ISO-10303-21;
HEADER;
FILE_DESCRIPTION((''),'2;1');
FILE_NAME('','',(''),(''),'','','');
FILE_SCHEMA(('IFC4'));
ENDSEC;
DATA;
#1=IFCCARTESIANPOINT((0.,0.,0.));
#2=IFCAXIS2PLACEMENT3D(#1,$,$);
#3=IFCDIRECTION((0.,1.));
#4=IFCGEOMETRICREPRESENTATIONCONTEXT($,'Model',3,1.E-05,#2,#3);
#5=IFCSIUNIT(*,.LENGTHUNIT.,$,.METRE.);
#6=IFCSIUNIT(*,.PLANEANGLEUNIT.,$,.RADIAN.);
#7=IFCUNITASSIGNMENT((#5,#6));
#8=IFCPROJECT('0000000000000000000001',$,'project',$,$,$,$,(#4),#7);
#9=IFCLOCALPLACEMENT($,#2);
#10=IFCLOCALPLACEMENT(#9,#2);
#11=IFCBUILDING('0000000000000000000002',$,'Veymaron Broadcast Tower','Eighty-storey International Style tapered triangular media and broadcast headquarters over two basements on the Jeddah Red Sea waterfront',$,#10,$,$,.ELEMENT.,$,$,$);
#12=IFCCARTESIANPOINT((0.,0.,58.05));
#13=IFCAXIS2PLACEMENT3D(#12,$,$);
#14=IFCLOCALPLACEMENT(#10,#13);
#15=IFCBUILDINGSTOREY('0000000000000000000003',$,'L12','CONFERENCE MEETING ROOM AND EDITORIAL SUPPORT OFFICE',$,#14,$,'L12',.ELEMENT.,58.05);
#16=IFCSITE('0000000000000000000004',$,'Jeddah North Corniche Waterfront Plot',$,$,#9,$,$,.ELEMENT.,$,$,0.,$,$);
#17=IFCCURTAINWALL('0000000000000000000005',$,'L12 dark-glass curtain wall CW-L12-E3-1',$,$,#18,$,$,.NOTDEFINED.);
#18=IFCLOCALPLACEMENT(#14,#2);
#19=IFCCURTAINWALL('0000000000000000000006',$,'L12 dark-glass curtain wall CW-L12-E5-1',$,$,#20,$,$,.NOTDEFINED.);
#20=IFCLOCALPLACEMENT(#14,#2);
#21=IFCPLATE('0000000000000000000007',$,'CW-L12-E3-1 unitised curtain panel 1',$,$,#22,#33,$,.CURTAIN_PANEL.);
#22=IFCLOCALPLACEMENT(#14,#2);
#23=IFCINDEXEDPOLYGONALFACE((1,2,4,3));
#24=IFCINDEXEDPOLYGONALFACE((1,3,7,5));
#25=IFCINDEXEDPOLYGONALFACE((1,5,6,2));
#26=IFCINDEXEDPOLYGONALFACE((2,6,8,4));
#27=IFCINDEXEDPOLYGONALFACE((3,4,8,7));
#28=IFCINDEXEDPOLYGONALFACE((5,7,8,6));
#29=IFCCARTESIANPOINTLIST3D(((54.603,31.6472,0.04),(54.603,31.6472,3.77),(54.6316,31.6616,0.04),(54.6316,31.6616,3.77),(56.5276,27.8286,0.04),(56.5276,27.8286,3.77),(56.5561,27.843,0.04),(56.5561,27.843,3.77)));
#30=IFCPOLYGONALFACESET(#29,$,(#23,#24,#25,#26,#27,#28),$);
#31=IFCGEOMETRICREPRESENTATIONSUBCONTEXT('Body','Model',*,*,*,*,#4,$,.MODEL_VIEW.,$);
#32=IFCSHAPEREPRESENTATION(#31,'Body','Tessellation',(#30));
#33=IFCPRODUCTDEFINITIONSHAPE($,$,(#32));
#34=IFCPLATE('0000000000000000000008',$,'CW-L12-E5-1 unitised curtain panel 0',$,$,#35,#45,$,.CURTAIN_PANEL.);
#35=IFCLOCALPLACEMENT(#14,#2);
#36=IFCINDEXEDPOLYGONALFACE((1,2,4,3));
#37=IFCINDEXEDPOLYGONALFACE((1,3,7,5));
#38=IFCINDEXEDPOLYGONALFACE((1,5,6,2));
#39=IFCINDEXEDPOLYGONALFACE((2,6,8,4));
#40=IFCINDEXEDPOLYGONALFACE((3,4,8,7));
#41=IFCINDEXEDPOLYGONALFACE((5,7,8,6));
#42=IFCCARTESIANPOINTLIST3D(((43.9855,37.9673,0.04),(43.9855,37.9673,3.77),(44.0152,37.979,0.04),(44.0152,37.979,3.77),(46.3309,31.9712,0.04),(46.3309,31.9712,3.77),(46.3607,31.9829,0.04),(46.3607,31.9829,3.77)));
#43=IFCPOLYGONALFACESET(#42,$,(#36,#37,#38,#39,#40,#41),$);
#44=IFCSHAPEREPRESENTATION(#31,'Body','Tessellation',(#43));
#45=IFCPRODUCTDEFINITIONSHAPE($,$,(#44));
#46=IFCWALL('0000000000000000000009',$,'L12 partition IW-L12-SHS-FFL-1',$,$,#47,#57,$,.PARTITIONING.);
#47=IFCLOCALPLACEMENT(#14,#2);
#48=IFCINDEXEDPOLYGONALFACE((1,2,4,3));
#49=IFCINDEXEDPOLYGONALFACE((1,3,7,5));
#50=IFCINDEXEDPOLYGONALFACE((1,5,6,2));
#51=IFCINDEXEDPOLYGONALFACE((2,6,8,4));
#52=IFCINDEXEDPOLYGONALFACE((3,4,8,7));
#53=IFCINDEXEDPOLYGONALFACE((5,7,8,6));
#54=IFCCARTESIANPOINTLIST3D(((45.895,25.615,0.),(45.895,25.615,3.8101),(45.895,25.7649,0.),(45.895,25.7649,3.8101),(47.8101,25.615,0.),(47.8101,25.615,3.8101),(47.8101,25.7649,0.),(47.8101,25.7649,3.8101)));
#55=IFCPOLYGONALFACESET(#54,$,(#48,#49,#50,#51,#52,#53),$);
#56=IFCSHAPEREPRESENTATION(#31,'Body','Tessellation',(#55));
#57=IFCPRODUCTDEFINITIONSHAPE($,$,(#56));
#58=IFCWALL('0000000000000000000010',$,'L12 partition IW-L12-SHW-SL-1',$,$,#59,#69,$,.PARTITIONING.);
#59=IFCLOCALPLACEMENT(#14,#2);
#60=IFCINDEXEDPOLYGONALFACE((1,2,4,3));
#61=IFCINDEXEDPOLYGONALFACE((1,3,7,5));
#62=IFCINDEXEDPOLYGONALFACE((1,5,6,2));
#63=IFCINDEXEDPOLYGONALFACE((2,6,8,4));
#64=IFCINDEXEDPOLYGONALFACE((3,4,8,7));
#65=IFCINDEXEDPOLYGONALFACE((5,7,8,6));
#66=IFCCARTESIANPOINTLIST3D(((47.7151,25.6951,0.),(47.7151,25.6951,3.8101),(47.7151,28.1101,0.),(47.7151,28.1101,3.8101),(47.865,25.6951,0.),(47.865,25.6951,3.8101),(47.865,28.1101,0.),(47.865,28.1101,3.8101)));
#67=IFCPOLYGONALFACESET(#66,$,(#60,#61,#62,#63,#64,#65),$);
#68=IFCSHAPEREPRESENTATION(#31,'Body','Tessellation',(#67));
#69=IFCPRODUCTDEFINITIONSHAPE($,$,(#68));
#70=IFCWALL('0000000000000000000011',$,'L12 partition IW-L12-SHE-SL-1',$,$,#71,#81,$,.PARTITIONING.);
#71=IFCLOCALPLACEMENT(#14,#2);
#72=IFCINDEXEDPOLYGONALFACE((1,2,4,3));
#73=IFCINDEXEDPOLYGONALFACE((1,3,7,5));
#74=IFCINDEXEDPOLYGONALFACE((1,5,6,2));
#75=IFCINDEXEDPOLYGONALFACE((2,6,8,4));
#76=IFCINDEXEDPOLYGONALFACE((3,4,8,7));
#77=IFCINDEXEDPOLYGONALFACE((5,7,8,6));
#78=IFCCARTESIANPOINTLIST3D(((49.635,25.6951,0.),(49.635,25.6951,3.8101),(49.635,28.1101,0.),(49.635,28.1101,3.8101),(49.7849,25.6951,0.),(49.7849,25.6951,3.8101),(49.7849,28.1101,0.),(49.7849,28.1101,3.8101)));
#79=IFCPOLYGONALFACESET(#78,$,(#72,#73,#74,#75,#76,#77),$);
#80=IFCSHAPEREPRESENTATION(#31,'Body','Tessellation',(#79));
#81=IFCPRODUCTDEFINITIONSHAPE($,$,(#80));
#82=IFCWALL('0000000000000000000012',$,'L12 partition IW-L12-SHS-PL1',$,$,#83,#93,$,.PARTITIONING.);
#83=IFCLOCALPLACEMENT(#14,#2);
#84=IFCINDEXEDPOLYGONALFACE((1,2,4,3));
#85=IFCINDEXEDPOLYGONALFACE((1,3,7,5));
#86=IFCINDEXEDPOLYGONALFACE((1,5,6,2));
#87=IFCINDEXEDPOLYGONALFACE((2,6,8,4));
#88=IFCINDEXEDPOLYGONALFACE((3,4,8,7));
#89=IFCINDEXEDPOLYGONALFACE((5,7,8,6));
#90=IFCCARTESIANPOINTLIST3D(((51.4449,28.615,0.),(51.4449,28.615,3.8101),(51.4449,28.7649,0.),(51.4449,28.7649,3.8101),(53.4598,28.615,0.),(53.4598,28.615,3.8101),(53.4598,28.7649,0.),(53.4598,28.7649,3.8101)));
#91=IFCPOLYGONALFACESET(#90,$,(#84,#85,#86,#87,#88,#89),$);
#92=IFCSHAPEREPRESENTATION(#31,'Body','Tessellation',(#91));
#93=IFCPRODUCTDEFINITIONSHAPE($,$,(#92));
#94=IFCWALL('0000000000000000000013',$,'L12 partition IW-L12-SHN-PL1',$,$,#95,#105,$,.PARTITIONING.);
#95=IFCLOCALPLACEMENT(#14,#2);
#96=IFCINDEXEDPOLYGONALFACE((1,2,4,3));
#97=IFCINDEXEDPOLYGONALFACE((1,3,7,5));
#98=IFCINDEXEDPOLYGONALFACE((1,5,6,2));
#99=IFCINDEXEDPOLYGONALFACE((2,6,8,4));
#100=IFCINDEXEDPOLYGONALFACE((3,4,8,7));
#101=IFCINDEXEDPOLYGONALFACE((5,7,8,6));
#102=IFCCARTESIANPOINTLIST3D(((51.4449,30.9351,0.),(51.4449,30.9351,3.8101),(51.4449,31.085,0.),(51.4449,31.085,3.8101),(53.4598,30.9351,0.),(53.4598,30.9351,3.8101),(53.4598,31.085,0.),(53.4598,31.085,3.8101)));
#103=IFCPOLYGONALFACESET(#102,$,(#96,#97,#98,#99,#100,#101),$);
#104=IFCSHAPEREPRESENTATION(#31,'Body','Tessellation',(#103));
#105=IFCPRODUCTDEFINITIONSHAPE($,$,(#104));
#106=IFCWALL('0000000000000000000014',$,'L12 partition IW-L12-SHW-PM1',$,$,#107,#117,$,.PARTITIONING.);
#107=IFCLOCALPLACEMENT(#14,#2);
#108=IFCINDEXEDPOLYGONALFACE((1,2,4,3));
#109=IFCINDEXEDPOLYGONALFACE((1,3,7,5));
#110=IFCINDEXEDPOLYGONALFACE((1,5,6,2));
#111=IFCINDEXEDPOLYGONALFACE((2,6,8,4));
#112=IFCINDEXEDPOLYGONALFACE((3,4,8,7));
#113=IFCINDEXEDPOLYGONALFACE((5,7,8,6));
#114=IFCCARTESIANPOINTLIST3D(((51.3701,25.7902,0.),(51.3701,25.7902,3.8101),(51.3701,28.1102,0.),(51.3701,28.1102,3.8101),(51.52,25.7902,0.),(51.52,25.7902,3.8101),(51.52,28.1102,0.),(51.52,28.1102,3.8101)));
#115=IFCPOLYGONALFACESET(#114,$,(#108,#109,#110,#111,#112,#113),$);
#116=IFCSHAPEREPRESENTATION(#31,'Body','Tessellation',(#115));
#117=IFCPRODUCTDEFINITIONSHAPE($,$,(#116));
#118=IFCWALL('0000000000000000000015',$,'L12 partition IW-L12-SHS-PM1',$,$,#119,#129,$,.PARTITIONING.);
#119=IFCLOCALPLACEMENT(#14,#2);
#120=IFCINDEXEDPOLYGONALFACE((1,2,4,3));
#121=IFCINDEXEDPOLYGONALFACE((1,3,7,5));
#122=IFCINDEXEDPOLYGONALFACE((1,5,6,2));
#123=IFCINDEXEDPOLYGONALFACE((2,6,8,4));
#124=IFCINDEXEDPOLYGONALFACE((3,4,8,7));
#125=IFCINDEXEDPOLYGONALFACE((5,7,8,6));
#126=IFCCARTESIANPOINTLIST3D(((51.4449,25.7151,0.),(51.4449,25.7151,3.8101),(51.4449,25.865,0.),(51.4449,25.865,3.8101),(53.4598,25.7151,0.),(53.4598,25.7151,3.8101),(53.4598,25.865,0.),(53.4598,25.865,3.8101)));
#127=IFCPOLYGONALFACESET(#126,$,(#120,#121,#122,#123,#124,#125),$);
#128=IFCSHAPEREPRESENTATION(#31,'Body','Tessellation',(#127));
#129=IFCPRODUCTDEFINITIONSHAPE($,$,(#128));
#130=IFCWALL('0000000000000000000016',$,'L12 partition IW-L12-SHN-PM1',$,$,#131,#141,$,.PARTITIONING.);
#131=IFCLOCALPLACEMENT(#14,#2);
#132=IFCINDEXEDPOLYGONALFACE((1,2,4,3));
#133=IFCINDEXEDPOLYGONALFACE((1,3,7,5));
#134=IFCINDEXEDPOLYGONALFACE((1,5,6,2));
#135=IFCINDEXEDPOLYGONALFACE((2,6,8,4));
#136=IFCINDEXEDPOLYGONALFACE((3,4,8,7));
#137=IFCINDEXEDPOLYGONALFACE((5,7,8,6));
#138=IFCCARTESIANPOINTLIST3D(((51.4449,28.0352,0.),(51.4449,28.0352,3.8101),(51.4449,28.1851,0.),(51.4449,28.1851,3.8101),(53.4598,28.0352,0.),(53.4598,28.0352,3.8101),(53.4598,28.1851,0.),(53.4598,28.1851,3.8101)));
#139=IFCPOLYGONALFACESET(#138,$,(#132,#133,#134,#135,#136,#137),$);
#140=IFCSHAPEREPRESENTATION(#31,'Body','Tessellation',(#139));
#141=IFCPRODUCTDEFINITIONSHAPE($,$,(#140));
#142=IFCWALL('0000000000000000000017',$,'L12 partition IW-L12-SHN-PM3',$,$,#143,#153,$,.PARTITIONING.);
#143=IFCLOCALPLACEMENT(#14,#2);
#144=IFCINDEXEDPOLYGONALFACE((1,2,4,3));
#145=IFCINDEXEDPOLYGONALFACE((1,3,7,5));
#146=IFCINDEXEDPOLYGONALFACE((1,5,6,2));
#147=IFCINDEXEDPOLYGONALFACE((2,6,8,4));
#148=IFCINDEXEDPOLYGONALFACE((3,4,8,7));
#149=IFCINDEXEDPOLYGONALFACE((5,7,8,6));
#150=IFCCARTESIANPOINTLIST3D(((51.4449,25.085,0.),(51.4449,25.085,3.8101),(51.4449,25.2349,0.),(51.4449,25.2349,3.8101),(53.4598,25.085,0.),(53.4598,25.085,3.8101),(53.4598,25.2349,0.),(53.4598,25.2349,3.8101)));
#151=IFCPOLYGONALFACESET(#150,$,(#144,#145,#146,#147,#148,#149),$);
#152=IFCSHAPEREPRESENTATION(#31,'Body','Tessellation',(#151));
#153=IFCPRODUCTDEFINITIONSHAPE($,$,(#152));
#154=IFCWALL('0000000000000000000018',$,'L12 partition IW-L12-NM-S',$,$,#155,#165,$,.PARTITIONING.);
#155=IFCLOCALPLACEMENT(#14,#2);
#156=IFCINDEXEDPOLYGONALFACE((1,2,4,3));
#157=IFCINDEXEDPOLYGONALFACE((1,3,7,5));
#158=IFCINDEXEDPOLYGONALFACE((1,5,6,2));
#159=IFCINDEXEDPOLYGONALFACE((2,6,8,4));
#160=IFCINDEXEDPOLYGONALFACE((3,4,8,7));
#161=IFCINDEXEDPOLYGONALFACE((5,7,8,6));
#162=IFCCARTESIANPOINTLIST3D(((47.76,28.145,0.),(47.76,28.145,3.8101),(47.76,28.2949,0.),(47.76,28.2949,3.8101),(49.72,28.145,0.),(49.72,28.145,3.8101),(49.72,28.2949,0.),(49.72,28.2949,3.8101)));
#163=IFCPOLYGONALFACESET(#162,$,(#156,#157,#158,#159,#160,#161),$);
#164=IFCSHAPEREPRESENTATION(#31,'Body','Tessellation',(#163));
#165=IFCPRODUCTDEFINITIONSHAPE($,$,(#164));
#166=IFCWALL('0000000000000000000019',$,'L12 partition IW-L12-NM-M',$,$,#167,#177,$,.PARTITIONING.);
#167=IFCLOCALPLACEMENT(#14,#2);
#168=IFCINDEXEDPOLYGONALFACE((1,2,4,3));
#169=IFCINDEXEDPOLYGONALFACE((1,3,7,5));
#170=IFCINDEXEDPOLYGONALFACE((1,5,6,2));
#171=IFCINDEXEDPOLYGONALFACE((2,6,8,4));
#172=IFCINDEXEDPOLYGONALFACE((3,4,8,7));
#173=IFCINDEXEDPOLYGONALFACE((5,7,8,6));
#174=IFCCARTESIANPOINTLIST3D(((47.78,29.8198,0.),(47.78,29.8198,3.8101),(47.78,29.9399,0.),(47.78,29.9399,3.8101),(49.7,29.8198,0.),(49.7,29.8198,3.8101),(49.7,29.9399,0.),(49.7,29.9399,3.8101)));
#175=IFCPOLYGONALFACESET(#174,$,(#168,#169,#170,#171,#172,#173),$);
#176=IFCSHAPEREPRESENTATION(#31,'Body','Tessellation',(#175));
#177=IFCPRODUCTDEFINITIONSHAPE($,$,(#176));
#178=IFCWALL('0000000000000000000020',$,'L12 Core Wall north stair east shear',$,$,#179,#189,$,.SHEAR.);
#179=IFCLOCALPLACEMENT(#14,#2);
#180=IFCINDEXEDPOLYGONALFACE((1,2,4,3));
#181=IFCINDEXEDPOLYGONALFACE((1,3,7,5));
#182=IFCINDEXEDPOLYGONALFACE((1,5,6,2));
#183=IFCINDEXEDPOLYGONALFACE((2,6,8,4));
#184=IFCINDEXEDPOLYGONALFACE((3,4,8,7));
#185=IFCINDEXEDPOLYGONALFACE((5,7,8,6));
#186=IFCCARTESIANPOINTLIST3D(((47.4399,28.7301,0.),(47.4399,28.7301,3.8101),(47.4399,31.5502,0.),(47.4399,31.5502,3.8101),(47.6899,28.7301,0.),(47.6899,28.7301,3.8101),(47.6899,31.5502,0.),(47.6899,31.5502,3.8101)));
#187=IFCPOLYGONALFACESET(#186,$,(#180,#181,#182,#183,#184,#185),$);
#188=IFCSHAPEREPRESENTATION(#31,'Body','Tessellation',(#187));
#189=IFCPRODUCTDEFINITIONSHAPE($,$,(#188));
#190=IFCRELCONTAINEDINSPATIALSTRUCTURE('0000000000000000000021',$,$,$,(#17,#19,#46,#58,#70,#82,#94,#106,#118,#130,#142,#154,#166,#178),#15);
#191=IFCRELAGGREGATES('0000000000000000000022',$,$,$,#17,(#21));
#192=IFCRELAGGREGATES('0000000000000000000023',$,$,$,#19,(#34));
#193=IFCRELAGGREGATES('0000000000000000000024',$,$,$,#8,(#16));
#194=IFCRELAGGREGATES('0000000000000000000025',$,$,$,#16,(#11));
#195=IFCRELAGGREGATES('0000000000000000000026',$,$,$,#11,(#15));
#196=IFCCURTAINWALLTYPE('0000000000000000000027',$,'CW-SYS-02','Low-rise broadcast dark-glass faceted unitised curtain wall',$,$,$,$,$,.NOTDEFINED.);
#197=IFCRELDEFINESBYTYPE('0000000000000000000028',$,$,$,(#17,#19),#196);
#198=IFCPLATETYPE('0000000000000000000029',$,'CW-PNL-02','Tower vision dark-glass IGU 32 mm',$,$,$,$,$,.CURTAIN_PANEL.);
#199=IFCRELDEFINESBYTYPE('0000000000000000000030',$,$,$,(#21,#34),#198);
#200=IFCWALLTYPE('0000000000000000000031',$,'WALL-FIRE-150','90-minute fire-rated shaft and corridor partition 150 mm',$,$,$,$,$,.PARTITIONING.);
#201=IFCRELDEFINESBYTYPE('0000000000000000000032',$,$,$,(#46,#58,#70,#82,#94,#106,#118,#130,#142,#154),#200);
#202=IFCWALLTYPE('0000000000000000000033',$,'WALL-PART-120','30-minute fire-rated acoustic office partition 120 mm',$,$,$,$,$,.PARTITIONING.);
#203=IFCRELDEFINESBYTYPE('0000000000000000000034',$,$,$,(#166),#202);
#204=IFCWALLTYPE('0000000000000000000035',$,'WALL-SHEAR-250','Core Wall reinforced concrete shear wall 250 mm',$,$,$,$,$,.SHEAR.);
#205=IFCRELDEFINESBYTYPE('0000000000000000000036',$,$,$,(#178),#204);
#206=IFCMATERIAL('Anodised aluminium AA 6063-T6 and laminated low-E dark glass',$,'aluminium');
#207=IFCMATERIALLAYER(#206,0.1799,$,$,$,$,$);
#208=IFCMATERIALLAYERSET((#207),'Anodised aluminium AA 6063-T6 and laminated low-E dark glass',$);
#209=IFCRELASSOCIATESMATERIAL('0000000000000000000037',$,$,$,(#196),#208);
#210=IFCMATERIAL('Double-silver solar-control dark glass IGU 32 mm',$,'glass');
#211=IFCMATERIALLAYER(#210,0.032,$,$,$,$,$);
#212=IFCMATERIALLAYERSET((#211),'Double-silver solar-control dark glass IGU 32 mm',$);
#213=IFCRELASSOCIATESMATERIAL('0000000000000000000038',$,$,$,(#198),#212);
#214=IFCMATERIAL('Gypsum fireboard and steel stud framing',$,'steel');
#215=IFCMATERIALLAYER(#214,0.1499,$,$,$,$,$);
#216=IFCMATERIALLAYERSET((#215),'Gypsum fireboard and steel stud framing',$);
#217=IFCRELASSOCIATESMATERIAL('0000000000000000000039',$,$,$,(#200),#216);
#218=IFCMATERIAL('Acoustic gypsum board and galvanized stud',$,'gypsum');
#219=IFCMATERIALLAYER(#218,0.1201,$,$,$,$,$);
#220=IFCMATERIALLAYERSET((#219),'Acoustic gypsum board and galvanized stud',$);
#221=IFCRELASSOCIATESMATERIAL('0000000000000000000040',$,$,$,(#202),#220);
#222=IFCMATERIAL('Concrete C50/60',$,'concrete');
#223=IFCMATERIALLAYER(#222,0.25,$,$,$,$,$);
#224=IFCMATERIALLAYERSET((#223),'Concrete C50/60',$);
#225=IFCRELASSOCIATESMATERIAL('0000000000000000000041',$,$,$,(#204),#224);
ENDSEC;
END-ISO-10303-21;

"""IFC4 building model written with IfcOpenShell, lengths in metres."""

from ifc_helpers import new_model, si_unit, direction, frame, frame_2d, origin, origin_2d, place, context, subcontext, project, spatial, rectangle, extrude, material, layer, layer_set, type_object, element, aggregate, save


model = new_model("IFC4")

# Units and contexts
model_context = context("Model", 3, precision=1e-05, world=origin(), true_north=direction((0.0, 1.0)))
body_context = subcontext(model_context, "Body", "Model", "MODEL_VIEW")
ifc_project = project(units=[si_unit("LENGTHUNIT", "METRE"), si_unit("PLANEANGLEUNIT", "RADIAN")], contexts=[model_context])

# Site, building, storey
site_placement = place(None, origin())
site = spatial("IfcSite", under=ifc_project, at=site_placement, Name="Jeddah North Corniche Waterfront Plot", CompositionType="ELEMENT", RefElevation=0.0)
building_placement = place(site_placement, origin())
building = spatial("IfcBuilding", under=site, at=building_placement, Name="Veymaron Broadcast Tower", Description="Eighty-storey International Style tapered triangular media and broadcast headquarters over two basements on the Jeddah Red Sea waterfront", CompositionType="ELEMENT")
storey_placement = place(building_placement, frame((0.0, 0.0, 58.05)))
storey = spatial("IfcBuildingStorey", under=building, at=storey_placement, Name="L12", Description="CONFERENCE MEETING ROOM AND EDITORIAL SUPPORT OFFICE", LongName="L12", CompositionType="ELEMENT", Elevation=58.05)

# Shared definitions
ifc_material_1 = material(Name="Anodised aluminium AA 6063-T6 and laminated low-E dark glass", Category="aluminium")
ifc_layer_1 = layer(ifc_material_1, 0.1799)
ifc_layer_set_1 = layer_set([ifc_layer_1], Name="Anodised aluminium AA 6063-T6 and laminated low-E dark glass")
curtain_wall_type = type_object("IfcCurtainWallType", Name="CW-SYS-02", Description="Low-rise broadcast dark-glass faceted unitised curtain wall", PredefinedType="NOTDEFINED", material=ifc_layer_set_1)

# Curtain walls
curtain_wall_1_placement = place(storey_placement, origin())
curtain_wall_1 = element("IfcCurtainWall", 1, at=curtain_wall_1_placement, inside=storey, type_object=curtain_wall_type, Name="L12 dark-glass curtain wall CW-L12-E3-1", PredefinedType="NOTDEFINED")
curtain_wall_2_placement = place(storey_placement, origin())
curtain_wall_2 = element("IfcCurtainWall", 2, at=curtain_wall_2_placement, inside=storey, type_object=curtain_wall_type, Name="L12 dark-glass curtain wall CW-L12-E5-1", PredefinedType="NOTDEFINED")

# Plates
ifc_material_2 = material(Name="Double-silver solar-control dark glass IGU 32 mm", Category="glass")
ifc_layer_2 = layer(ifc_material_2, 0.032)
ifc_layer_set_2 = layer_set([ifc_layer_2], Name="Double-silver solar-control dark glass IGU 32 mm")
plate_type = type_object("IfcPlateType", Name="CW-PNL-02", Description="Tower vision dark-glass IGU 32 mm", PredefinedType="CURTAIN_PANEL", material=ifc_layer_set_2)
plate_1_placement = place(storey_placement, frame((55.5796, 29.7451, 0.04), z_axis=(0.0, 0.0, 1.0), x_axis=(-0.450067, 0.892995, 0.0)))
plate_1 = element("IfcPlate", 3, at=plate_1_placement, type_object=plate_type, Name="CW-L12-E3-1 unitised curtain panel 1", PredefinedType="CURTAIN_PANEL", context=body_context, shape_type="SweptSolid", body=[
    extrude(rectangle(XDim=4.2761, YDim=0.032, at=origin_2d()), origin(), (0.0, 0.0, 1.0), 3.73),
])
aggregate(curtain_wall_1, [plate_1])
plate_2_placement = place(storey_placement, frame((45.1731, 34.9751, 0.04), z_axis=(0.0, 0.0, 1.0), x_axis=(-0.364292, 0.931285, 0.0)))
plate_2 = element("IfcPlate", 4, at=plate_2_placement, type_object=plate_type, Name="CW-L12-E5-1 unitised curtain panel 0", PredefinedType="CURTAIN_PANEL", context=body_context, shape_type="SweptSolid", body=[
    extrude(rectangle(XDim=6.4385, YDim=0.032, at=origin_2d()), origin(), (0.0, 0.0, 1.0), 3.73),
])
aggregate(curtain_wall_2, [plate_2])

# Shared definitions
ifc_material_3 = material(Name="Gypsum fireboard and steel stud framing", Category="steel")
ifc_layer_3 = layer(ifc_material_3, 0.1499)
ifc_layer_set_3 = layer_set([ifc_layer_3], Name="Gypsum fireboard and steel stud framing")
wall_type_1 = type_object("IfcWallType", Name="WALL-FIRE-150", Description="90-minute fire-rated shaft and corridor partition 150 mm", PredefinedType="PARTITIONING", material=ifc_layer_set_3)

# Wall
wall_1_placement = place(storey_placement, frame((45.895, 25.6899, 0.0), z_axis=(0.0, 0.0, 1.0), x_axis=(1.0, 0.0, 0.0)))
element("IfcWall", 5, at=wall_1_placement, inside=storey, type_object=wall_type_1, Name="L12 partition IW-L12-SHS-FFL-1", PredefinedType="PARTITIONING", context=body_context, shape_type="SweptSolid", body=[
    extrude(rectangle(XDim=1.915, YDim=0.1499, at=frame_2d((0.9575, 0.0))), origin(), (0.0, 0.0, 1.0), 3.8101),
])

# Walls
for number, where, z_axis, x_axis, name in (
    (6, (47.79, 25.6951, 0.0), (0.0, 0.0, 1.0), (0.0, 1.0, 0.0), "L12 partition IW-L12-SHW-SL-1"),
    (7, (49.71, 25.6951, 0.0), (0.0, 0.0, 1.0), (0.0, 1.0, 0.0), "L12 partition IW-L12-SHE-SL-1"),
):
    element("IfcWall", number, at=place(storey_placement, frame(where, z_axis=z_axis, x_axis=x_axis)), inside=storey, type_object=wall_type_1, Name=name, PredefinedType="PARTITIONING", context=body_context, shape_type="SweptSolid", body=[
        extrude(rectangle(XDim=2.415, YDim=0.1499, at=frame_2d((1.2075, 0.0))), origin(), (0.0, 0.0, 1.0), 3.8101),
    ])

# Walls
for number, where, z_axis, x_axis, name in (
    (8, (51.4451, 28.6899, 0.0), (0.0, 0.0, 1.0), (1.0, 0.0, 0.0), "L12 partition IW-L12-SHS-PL1"),
    (9, (51.4451, 31.01, 0.0), (0.0, 0.0, 1.0), (1.0, 0.0, 0.0), "L12 partition IW-L12-SHN-PL1"),
):
    element("IfcWall", number, at=place(storey_placement, frame(where, z_axis=z_axis, x_axis=x_axis)), inside=storey, type_object=wall_type_1, Name=name, PredefinedType="PARTITIONING", context=body_context, shape_type="SweptSolid", body=[
        extrude(rectangle(XDim=2.0149, YDim=0.1499, at=frame_2d((1.0073, 0.0))), origin(), (0.0, 0.0, 1.0), 3.8101),
    ])
wall_2_placement = place(storey_placement, frame((51.4451, 25.79, 0.0), z_axis=(0.0, 0.0, 1.0), x_axis=(0.0, 1.0, 0.0)))
element("IfcWall", 10, at=wall_2_placement, inside=storey, type_object=wall_type_1, Name="L12 partition IW-L12-SHW-PM1", PredefinedType="PARTITIONING", context=body_context, shape_type="SweptSolid", body=[
    extrude(rectangle(XDim=2.3201, YDim=0.1499, at=frame_2d((1.1602, 0.0))), origin(), (0.0, 0.0, 1.0), 3.8101),
])
for number, where, z_axis, x_axis, name in (
    (11, (51.4451, 25.79, 0.0), (0.0, 0.0, 1.0), (1.0, 0.0, 0.0), "L12 partition IW-L12-SHS-PM1"),
    (12, (51.4451, 28.1101, 0.0), (0.0, 0.0, 1.0), (1.0, 0.0, 0.0), "L12 partition IW-L12-SHN-PM1"),
    (13, (51.4451, 25.1599, 0.0), (0.0, 0.0, 1.0), (1.0, 0.0, 0.0), "L12 partition IW-L12-SHN-PM3"),
):
    element("IfcWall", number, at=place(storey_placement, frame(where, z_axis=z_axis, x_axis=x_axis)), inside=storey, type_object=wall_type_1, Name=name, PredefinedType="PARTITIONING", context=body_context, shape_type="SweptSolid", body=[
        extrude(rectangle(XDim=2.0149, YDim=0.1499, at=frame_2d((1.0073, 0.0))), origin(), (0.0, 0.0, 1.0), 3.8101),
    ])
wall_3_placement = place(storey_placement, frame((47.76, 28.22, 0.0), z_axis=(0.0, 0.0, 1.0), x_axis=(1.0, 0.0, 0.0)))
element("IfcWall", 14, at=wall_3_placement, inside=storey, type_object=wall_type_1, Name="L12 partition IW-L12-NM-S", PredefinedType="PARTITIONING", context=body_context, shape_type="SweptSolid", body=[
    extrude(rectangle(XDim=1.96, YDim=0.1499, at=frame_2d((0.98, 0.0))), origin(), (0.0, 0.0, 1.0), 3.8101),
])
ifc_material_4 = material(Name="Acoustic gypsum board and galvanized stud", Category="gypsum")
ifc_layer_4 = layer(ifc_material_4, 0.1201)
ifc_layer_set_4 = layer_set([ifc_layer_4], Name="Acoustic gypsum board and galvanized stud")
wall_type_2 = type_object("IfcWallType", Name="WALL-PART-120", Description="30-minute fire-rated acoustic office partition 120 mm", PredefinedType="PARTITIONING", material=ifc_layer_set_4)
wall_4_placement = place(storey_placement, frame((47.78, 29.8799, 0.0), z_axis=(0.0, 0.0, 1.0), x_axis=(1.0, 0.0, 0.0)))
element("IfcWall", 15, at=wall_4_placement, inside=storey, type_object=wall_type_2, Name="L12 partition IW-L12-NM-M", PredefinedType="PARTITIONING", context=body_context, shape_type="SweptSolid", body=[
    extrude(rectangle(XDim=1.9199, YDim=0.1201, at=frame_2d((0.96, 0.0))), origin(), (0.0, 0.0, 1.0), 3.8101),
])

# Wall
ifc_material_5 = material(Name="Concrete C50/60", Category="concrete")
ifc_layer_5 = layer(ifc_material_5, 0.25)
ifc_layer_set_5 = layer_set([ifc_layer_5], Name="Concrete C50/60")
wall_type_3 = type_object("IfcWallType", Name="WALL-SHEAR-250", Description="Core Wall reinforced concrete shear wall 250 mm", PredefinedType="SHEAR", material=ifc_layer_set_5)
wall_5_placement = place(storey_placement, frame((47.5649, 28.73, 0.0), z_axis=(0.0, 0.0, 1.0), x_axis=(0.0, 1.0, 0.0)))
element("IfcWall", 16, at=wall_5_placement, inside=storey, type_object=wall_type_3, Name="L12 Core Wall north stair east shear", PredefinedType="SHEAR", context=body_context, shape_type="SweptSolid", body=[
    extrude(rectangle(XDim=2.8201, YDim=0.25, at=frame_2d((1.4102, 0.0))), origin(), (0.0, 0.0, 1.0), 3.8101),
])

save(model, "model.ifc")
